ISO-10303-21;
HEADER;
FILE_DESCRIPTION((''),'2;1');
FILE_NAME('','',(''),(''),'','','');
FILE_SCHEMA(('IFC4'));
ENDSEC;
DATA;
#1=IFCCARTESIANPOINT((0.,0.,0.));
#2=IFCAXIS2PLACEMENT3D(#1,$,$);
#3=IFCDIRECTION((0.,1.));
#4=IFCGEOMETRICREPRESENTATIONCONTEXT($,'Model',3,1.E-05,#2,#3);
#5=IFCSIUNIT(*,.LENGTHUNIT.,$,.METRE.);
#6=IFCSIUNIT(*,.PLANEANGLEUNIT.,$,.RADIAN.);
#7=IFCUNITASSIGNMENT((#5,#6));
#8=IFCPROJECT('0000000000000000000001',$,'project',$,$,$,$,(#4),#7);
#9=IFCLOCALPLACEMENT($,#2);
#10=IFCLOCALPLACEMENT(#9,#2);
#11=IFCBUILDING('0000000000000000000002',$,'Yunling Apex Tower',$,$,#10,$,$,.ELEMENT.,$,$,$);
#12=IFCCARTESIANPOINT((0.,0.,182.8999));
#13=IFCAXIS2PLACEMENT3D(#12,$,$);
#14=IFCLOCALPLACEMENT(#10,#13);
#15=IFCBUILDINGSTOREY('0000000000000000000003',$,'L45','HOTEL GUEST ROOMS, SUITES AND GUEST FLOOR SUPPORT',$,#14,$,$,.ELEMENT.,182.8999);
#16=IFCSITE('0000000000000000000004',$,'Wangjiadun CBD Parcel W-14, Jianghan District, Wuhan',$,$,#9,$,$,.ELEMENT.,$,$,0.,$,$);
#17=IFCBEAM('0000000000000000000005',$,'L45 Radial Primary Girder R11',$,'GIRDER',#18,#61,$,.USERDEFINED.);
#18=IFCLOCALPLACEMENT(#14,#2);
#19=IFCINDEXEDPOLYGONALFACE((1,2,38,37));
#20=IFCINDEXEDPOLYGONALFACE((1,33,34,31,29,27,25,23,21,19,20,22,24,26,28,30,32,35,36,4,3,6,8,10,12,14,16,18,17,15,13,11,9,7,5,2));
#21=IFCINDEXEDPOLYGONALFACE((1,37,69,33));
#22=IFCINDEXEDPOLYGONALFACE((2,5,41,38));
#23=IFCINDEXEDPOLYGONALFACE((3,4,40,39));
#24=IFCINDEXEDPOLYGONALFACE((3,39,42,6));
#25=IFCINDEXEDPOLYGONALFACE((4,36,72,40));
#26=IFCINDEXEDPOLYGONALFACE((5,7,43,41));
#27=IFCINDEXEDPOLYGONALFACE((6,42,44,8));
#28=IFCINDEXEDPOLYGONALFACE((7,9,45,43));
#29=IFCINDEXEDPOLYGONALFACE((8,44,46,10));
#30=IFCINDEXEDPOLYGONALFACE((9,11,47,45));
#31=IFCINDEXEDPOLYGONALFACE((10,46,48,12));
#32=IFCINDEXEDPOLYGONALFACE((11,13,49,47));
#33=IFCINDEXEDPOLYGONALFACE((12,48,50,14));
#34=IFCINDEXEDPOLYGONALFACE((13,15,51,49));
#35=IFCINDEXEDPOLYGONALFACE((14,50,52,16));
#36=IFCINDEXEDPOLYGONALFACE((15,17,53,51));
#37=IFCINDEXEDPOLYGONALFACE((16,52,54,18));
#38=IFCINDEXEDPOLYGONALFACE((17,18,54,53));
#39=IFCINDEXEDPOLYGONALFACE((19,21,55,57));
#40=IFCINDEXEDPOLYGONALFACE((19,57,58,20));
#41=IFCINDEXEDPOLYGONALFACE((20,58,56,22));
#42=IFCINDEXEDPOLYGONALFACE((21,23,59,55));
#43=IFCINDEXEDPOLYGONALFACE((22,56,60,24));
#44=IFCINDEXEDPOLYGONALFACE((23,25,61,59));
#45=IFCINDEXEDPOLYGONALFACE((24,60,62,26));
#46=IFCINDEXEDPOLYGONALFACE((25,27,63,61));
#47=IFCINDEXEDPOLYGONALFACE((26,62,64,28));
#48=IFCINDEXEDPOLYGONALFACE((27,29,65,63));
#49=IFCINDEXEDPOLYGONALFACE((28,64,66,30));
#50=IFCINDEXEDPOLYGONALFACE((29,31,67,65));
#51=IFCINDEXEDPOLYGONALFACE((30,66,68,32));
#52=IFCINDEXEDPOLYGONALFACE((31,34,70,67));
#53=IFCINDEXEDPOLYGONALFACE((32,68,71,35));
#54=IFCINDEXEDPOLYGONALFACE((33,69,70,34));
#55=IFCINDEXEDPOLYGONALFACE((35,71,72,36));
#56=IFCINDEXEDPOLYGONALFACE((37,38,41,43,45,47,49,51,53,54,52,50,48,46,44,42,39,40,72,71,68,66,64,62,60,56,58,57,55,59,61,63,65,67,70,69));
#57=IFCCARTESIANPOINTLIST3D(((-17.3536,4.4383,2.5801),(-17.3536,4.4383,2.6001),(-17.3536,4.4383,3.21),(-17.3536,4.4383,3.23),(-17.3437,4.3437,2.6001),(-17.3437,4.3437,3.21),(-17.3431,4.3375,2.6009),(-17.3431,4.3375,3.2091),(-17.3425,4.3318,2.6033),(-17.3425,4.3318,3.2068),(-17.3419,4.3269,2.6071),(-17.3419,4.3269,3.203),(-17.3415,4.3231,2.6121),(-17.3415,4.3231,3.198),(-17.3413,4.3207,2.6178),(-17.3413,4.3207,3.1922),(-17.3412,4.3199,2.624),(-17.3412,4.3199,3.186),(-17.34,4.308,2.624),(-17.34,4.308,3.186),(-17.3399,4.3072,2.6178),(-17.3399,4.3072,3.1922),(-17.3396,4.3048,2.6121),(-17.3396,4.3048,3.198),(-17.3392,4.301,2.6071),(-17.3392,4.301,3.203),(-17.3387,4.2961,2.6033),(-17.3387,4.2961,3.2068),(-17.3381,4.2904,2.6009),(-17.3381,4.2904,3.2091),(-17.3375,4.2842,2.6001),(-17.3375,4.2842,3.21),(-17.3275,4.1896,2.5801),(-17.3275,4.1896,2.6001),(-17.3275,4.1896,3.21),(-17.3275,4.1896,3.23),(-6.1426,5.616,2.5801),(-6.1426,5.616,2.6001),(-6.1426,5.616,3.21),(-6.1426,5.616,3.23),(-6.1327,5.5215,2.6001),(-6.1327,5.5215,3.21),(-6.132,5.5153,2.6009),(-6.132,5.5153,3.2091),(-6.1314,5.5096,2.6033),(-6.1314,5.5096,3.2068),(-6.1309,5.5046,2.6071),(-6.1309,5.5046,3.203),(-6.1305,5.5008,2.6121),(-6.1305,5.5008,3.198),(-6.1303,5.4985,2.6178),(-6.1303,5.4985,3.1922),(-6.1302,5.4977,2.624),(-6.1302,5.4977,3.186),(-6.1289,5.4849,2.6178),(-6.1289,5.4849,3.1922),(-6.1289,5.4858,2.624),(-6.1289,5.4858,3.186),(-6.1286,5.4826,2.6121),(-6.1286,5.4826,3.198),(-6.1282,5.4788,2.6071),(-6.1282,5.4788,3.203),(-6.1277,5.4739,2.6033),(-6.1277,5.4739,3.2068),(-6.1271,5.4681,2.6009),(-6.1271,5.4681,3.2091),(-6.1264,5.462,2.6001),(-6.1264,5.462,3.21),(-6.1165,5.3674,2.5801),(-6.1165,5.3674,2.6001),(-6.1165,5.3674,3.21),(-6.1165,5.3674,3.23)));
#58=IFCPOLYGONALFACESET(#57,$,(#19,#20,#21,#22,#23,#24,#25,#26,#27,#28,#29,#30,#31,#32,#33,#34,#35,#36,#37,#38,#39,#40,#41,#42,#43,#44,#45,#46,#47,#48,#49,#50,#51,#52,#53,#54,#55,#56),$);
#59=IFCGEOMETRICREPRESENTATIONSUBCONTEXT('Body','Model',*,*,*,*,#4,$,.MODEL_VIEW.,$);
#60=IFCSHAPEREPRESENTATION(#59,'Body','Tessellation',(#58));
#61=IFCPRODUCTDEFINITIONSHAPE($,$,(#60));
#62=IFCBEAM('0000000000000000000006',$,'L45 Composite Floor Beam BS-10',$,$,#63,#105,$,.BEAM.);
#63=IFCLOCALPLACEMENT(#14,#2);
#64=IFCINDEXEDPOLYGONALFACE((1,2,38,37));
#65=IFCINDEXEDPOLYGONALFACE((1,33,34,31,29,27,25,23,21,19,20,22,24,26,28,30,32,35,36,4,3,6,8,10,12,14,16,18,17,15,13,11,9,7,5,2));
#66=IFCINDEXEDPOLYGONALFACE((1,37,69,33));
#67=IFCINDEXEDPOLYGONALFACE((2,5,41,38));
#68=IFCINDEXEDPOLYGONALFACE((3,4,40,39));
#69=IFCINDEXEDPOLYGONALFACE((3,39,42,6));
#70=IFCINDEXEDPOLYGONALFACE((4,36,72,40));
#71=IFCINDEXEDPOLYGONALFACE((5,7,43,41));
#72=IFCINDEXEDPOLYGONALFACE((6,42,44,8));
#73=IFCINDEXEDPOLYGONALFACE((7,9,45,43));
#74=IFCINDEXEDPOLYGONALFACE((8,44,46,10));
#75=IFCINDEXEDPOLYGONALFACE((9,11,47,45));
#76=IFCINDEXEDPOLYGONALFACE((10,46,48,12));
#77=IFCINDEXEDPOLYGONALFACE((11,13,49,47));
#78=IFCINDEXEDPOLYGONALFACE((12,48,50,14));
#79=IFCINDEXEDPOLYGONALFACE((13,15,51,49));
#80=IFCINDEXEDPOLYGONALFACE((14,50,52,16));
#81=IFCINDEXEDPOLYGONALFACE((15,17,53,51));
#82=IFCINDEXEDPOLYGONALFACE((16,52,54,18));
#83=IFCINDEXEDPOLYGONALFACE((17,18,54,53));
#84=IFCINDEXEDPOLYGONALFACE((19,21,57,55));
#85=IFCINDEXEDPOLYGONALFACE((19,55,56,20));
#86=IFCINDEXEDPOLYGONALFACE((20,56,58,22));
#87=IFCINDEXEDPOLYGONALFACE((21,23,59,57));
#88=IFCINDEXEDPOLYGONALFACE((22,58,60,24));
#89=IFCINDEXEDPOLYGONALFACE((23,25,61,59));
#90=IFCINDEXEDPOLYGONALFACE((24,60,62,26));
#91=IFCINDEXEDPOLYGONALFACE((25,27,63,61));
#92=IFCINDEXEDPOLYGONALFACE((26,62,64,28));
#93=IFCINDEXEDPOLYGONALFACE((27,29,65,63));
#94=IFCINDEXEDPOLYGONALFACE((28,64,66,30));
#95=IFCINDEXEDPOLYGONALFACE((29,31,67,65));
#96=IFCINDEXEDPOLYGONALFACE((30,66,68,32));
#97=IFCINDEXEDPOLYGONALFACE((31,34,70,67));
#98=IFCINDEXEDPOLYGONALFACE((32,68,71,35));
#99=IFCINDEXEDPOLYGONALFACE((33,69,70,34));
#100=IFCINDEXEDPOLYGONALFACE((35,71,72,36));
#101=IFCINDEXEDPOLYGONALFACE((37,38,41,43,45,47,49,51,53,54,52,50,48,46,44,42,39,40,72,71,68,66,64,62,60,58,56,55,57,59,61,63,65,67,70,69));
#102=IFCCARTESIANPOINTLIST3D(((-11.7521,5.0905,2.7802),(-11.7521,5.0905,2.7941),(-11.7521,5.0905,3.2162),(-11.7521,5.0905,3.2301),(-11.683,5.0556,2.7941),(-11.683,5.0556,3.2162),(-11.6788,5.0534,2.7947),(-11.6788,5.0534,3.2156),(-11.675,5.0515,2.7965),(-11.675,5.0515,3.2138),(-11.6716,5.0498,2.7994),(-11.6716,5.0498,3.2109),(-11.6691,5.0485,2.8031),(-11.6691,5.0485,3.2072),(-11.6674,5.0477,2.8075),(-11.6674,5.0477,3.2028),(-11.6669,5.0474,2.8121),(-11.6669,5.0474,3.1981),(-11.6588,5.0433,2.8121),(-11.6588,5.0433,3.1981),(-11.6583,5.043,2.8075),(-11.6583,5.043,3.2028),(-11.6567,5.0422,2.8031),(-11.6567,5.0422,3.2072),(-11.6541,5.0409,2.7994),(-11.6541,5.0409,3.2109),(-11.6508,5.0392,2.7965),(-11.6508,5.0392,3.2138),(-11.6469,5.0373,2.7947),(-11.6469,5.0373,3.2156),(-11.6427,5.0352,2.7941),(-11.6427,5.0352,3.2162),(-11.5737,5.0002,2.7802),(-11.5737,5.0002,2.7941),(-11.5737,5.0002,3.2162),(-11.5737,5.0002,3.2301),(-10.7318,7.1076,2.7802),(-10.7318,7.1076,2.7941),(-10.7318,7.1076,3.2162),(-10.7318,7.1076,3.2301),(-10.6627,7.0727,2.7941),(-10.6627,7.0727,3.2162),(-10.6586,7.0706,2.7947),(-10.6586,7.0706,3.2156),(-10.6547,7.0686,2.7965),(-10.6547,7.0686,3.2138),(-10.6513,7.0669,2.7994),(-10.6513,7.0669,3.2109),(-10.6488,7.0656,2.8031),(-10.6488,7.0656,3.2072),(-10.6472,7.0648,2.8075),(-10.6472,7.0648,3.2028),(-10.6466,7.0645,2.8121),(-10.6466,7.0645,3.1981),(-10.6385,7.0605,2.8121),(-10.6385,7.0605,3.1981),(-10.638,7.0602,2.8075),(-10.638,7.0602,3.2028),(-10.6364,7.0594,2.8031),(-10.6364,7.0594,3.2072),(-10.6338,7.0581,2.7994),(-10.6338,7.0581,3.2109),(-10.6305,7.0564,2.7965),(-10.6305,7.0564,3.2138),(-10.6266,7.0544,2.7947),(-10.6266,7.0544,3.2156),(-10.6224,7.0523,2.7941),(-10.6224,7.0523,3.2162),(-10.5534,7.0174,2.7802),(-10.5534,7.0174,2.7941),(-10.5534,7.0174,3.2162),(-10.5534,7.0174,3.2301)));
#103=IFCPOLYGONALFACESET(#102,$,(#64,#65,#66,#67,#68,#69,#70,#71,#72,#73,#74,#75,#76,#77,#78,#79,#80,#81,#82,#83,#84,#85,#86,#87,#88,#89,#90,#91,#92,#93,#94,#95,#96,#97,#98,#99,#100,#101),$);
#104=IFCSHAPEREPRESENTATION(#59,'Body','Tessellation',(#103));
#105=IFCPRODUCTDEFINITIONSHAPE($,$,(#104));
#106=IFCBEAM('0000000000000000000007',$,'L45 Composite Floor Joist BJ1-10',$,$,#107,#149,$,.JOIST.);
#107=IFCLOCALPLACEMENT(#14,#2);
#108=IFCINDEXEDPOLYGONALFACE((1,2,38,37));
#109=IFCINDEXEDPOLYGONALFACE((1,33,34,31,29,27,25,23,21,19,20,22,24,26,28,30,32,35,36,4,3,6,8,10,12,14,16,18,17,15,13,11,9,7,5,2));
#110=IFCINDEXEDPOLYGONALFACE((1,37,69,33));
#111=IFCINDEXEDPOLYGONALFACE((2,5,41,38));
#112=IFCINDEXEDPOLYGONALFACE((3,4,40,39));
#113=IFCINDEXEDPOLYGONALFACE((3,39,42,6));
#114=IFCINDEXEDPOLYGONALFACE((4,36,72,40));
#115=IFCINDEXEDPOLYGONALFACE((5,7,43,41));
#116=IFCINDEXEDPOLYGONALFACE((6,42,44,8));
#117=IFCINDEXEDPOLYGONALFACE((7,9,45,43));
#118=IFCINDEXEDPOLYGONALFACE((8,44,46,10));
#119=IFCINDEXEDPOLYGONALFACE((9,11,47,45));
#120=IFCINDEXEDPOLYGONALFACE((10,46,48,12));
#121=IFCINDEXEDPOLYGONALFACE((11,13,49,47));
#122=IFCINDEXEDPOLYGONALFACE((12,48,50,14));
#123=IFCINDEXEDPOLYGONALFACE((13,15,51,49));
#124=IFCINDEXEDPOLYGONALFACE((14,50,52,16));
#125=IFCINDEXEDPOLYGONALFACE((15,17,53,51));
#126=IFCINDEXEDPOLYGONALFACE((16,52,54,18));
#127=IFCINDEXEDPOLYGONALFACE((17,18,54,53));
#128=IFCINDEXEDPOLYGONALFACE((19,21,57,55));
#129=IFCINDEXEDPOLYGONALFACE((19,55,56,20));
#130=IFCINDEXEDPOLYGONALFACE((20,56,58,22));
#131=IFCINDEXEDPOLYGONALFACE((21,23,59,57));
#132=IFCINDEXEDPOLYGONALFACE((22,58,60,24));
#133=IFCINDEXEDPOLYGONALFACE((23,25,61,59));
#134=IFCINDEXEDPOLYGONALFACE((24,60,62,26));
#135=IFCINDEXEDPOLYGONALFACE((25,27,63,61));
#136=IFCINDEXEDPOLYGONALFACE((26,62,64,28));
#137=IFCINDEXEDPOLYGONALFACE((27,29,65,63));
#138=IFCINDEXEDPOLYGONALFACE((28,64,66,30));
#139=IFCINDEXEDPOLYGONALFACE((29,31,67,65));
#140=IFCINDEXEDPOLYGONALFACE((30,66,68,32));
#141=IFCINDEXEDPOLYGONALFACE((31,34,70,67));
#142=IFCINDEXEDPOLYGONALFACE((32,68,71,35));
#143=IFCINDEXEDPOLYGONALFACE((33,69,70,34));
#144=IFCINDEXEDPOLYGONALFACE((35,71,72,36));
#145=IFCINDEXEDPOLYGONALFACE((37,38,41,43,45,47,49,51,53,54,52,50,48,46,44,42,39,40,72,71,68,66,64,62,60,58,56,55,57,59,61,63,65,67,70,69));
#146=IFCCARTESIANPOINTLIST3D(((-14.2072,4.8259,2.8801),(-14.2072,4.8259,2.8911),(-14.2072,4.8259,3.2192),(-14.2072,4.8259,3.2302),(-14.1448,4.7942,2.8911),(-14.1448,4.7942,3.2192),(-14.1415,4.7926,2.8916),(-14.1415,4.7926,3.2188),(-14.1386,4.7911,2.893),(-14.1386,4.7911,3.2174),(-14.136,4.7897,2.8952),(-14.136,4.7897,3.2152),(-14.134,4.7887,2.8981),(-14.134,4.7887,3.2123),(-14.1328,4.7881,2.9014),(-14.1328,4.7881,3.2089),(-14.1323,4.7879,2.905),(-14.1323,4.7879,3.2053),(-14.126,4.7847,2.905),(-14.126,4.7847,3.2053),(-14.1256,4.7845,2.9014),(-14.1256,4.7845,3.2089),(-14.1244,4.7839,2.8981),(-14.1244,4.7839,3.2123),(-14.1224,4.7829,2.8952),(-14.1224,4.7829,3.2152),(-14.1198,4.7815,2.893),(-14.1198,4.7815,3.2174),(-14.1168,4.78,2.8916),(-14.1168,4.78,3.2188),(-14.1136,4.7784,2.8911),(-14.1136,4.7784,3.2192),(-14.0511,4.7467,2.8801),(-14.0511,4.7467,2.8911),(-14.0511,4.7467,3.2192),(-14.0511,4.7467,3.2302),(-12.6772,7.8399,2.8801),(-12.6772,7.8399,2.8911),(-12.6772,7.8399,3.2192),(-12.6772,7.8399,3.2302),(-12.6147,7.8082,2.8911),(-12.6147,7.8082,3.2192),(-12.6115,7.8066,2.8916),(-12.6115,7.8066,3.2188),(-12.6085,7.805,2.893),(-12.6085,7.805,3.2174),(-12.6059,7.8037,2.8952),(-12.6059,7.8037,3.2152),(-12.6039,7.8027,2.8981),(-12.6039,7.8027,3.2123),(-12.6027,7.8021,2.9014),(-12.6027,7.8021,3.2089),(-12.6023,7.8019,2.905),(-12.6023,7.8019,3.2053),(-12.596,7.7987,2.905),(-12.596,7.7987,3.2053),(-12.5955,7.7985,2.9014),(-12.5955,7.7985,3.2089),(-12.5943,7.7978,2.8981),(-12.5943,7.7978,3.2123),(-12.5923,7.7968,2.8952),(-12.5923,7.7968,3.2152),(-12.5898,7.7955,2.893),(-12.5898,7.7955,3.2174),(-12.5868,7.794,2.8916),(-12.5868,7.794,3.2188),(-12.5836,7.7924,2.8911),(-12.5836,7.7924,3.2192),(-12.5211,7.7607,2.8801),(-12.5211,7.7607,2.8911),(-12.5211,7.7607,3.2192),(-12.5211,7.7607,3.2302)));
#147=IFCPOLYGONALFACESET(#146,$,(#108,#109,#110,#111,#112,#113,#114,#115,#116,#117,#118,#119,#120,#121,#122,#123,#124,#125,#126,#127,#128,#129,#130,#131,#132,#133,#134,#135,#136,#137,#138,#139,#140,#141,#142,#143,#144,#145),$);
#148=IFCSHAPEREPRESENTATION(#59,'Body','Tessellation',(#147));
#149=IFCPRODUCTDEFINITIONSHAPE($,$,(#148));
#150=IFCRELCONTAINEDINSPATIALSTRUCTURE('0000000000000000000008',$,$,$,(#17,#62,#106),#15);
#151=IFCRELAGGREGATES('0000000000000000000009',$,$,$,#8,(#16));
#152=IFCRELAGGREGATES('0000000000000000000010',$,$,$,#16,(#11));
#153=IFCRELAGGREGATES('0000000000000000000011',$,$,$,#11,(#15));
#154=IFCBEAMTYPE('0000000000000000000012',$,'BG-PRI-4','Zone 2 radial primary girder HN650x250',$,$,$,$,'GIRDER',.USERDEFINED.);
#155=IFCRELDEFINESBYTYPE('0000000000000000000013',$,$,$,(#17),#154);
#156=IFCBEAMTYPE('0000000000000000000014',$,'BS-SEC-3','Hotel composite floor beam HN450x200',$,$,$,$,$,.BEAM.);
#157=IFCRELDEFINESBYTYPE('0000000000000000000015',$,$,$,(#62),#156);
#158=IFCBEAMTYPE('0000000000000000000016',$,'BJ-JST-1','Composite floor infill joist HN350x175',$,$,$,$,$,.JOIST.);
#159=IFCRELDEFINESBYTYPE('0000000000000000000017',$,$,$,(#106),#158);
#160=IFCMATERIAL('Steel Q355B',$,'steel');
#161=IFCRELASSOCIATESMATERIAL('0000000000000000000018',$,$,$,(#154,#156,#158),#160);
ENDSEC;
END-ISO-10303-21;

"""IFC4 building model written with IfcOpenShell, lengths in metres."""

from ifc_helpers import new_model, si_unit, direction, frame, origin, origin_2d, place, context, subcontext, project, spatial, i_section, extrude, source, transform, mapped, material, material_profile, profile_set, type_object, element, save


model = new_model("IFC4")

# Units and contexts
model_context = context("Model", 3, precision=1e-05, world=origin(), true_north=direction((0.0, 1.0)))
body_context = subcontext(model_context, "Body", "Model", "MODEL_VIEW")
ifc_project = project(units=[si_unit("LENGTHUNIT", "METRE"), si_unit("PLANEANGLEUNIT", "RADIAN")], contexts=[model_context])

# Site, building, storey
site_placement = place(None, origin())
site = spatial("IfcSite", under=ifc_project, at=site_placement, Name="Wangjiadun CBD Parcel W-14, Jianghan District, Wuhan", CompositionType="ELEMENT", RefElevation=0.0)
building_placement = place(site_placement, origin())
building = spatial("IfcBuilding", under=site, at=building_placement, Name="Yunling Apex Tower", CompositionType="ELEMENT")
storey_placement = place(building_placement, frame((0.0, 0.0, 182.8999)))
storey = spatial("IfcBuildingStorey", under=building, at=storey_placement, Name="L45", Description="HOTEL GUEST ROOMS, SUITES AND GUEST FLOOR SUPPORT", CompositionType="ELEMENT", Elevation=182.8999)

# Beams
ifc_material_1 = material(Name="Steel Q355B", Category="steel")
ifc_material_profile_1 = material_profile(ifc_material_1, i_section(OverallWidth=0.25, OverallDepth=0.6499, WebThickness=0.012, FlangeThickness=0.02, FilletRadius=0.0239, at=origin_2d()))
ifc_profile_set_1 = profile_set([ifc_material_profile_1], Name="Steel Q355B")
beam_type_1 = type_object("IfcBeamType", Name="BG-PRI-4", Description="Zone 2 radial primary girder HN650x250", ElementType="GIRDER", PredefinedType="USERDEFINED", material=ifc_profile_set_1)
shared_shape_1 = source(origin(), body_context, "Body", "SweptSolid", [
    extrude(i_section(OverallWidth=0.25, OverallDepth=0.6499, WebThickness=0.012, FlangeThickness=0.02, FilletRadius=0.0239, at=origin_2d()), origin(), (0.0, 0.0, 1.0), 11.2727),
])
beam_1_placement = place(storey_placement, frame((-17.3406, 4.314, 2.905), z_axis=(0.994527, 0.104477, 0.0), x_axis=(-0.104477, 0.994527, 0.0)))
element("IfcBeam", 1, at=beam_1_placement, inside=storey, type_object=beam_type_1, Name="L45 Radial Primary Girder R11", ObjectType="GIRDER", PredefinedType="USERDEFINED", context=body_context, shape_type="MappedRepresentation", body=[
    mapped(shared_shape_1, transform((0.0, 0.0, 0.0), scale=1.0)),
])
ifc_material_profile_2 = material_profile(ifc_material_1, i_section(OverallWidth=0.2, OverallDepth=0.45, WebThickness=0.009, FlangeThickness=0.0139, FilletRadius=0.0181, at=origin_2d()))
ifc_profile_set_2 = profile_set([ifc_material_profile_2], Name="Steel Q355B")
beam_type_2 = type_object("IfcBeamType", Name="BS-SEC-3", Description="Hotel composite floor beam HN450x200", PredefinedType="BEAM", material=ifc_profile_set_2)
shared_shape_2 = source(origin(), body_context, "Body", "SweptSolid", [
    extrude(i_section(OverallWidth=0.2, OverallDepth=0.45, WebThickness=0.009, FlangeThickness=0.0139, FilletRadius=0.0181, at=origin_2d()), origin(), (0.0, 0.0, 1.0), 2.2605),
])
beam_2_placement = place(storey_placement, frame((-10.6426, 7.0625, 3.0051), z_axis=(-0.451356, -0.892344, 0.0), x_axis=(0.892344, -0.451356, 0.0)))
element("IfcBeam", 2, at=beam_2_placement, inside=storey, type_object=beam_type_2, Name="L45 Composite Floor Beam BS-10", PredefinedType="BEAM", context=body_context, shape_type="MappedRepresentation", body=[
    mapped(shared_shape_2, transform((0.0, 0.0, 0.0), scale=1.0)),
])
ifc_material_profile_3 = material_profile(ifc_material_1, i_section(OverallWidth=0.175, OverallDepth=0.3501, WebThickness=0.0071, FlangeThickness=0.011, FilletRadius=0.0139, at=origin_2d()))
ifc_profile_set_3 = profile_set([ifc_material_profile_3], Name="Steel Q355B")
beam_type_3 = type_object("IfcBeamType", Name="BJ-JST-1", Description="Composite floor infill joist HN350x175", PredefinedType="JOIST", material=ifc_profile_set_3)
shared_shape_3 = source(origin(), body_context, "Body", "SweptSolid", [
    extrude(i_section(OverallWidth=0.175, OverallDepth=0.3501, WebThickness=0.0071, FlangeThickness=0.011, FilletRadius=0.0139, at=origin_2d()), origin(), (0.0, 0.0, 1.0), 3.3801),
])
beam_3_placement = place(storey_placement, frame((-12.5991, 7.8003, 3.0552), z_axis=(-0.452666, -0.89168, 0.0), x_axis=(0.89168, -0.452666, 0.0)))
element("IfcBeam", 3, at=beam_3_placement, inside=storey, type_object=beam_type_3, Name="L45 Composite Floor Joist BJ1-10", PredefinedType="JOIST", context=body_context, shape_type="MappedRepresentation", body=[
    mapped(shared_shape_3, transform((0.0, 0.0, 0.0), scale=1.0)),
])

save(model, "model.ifc")
